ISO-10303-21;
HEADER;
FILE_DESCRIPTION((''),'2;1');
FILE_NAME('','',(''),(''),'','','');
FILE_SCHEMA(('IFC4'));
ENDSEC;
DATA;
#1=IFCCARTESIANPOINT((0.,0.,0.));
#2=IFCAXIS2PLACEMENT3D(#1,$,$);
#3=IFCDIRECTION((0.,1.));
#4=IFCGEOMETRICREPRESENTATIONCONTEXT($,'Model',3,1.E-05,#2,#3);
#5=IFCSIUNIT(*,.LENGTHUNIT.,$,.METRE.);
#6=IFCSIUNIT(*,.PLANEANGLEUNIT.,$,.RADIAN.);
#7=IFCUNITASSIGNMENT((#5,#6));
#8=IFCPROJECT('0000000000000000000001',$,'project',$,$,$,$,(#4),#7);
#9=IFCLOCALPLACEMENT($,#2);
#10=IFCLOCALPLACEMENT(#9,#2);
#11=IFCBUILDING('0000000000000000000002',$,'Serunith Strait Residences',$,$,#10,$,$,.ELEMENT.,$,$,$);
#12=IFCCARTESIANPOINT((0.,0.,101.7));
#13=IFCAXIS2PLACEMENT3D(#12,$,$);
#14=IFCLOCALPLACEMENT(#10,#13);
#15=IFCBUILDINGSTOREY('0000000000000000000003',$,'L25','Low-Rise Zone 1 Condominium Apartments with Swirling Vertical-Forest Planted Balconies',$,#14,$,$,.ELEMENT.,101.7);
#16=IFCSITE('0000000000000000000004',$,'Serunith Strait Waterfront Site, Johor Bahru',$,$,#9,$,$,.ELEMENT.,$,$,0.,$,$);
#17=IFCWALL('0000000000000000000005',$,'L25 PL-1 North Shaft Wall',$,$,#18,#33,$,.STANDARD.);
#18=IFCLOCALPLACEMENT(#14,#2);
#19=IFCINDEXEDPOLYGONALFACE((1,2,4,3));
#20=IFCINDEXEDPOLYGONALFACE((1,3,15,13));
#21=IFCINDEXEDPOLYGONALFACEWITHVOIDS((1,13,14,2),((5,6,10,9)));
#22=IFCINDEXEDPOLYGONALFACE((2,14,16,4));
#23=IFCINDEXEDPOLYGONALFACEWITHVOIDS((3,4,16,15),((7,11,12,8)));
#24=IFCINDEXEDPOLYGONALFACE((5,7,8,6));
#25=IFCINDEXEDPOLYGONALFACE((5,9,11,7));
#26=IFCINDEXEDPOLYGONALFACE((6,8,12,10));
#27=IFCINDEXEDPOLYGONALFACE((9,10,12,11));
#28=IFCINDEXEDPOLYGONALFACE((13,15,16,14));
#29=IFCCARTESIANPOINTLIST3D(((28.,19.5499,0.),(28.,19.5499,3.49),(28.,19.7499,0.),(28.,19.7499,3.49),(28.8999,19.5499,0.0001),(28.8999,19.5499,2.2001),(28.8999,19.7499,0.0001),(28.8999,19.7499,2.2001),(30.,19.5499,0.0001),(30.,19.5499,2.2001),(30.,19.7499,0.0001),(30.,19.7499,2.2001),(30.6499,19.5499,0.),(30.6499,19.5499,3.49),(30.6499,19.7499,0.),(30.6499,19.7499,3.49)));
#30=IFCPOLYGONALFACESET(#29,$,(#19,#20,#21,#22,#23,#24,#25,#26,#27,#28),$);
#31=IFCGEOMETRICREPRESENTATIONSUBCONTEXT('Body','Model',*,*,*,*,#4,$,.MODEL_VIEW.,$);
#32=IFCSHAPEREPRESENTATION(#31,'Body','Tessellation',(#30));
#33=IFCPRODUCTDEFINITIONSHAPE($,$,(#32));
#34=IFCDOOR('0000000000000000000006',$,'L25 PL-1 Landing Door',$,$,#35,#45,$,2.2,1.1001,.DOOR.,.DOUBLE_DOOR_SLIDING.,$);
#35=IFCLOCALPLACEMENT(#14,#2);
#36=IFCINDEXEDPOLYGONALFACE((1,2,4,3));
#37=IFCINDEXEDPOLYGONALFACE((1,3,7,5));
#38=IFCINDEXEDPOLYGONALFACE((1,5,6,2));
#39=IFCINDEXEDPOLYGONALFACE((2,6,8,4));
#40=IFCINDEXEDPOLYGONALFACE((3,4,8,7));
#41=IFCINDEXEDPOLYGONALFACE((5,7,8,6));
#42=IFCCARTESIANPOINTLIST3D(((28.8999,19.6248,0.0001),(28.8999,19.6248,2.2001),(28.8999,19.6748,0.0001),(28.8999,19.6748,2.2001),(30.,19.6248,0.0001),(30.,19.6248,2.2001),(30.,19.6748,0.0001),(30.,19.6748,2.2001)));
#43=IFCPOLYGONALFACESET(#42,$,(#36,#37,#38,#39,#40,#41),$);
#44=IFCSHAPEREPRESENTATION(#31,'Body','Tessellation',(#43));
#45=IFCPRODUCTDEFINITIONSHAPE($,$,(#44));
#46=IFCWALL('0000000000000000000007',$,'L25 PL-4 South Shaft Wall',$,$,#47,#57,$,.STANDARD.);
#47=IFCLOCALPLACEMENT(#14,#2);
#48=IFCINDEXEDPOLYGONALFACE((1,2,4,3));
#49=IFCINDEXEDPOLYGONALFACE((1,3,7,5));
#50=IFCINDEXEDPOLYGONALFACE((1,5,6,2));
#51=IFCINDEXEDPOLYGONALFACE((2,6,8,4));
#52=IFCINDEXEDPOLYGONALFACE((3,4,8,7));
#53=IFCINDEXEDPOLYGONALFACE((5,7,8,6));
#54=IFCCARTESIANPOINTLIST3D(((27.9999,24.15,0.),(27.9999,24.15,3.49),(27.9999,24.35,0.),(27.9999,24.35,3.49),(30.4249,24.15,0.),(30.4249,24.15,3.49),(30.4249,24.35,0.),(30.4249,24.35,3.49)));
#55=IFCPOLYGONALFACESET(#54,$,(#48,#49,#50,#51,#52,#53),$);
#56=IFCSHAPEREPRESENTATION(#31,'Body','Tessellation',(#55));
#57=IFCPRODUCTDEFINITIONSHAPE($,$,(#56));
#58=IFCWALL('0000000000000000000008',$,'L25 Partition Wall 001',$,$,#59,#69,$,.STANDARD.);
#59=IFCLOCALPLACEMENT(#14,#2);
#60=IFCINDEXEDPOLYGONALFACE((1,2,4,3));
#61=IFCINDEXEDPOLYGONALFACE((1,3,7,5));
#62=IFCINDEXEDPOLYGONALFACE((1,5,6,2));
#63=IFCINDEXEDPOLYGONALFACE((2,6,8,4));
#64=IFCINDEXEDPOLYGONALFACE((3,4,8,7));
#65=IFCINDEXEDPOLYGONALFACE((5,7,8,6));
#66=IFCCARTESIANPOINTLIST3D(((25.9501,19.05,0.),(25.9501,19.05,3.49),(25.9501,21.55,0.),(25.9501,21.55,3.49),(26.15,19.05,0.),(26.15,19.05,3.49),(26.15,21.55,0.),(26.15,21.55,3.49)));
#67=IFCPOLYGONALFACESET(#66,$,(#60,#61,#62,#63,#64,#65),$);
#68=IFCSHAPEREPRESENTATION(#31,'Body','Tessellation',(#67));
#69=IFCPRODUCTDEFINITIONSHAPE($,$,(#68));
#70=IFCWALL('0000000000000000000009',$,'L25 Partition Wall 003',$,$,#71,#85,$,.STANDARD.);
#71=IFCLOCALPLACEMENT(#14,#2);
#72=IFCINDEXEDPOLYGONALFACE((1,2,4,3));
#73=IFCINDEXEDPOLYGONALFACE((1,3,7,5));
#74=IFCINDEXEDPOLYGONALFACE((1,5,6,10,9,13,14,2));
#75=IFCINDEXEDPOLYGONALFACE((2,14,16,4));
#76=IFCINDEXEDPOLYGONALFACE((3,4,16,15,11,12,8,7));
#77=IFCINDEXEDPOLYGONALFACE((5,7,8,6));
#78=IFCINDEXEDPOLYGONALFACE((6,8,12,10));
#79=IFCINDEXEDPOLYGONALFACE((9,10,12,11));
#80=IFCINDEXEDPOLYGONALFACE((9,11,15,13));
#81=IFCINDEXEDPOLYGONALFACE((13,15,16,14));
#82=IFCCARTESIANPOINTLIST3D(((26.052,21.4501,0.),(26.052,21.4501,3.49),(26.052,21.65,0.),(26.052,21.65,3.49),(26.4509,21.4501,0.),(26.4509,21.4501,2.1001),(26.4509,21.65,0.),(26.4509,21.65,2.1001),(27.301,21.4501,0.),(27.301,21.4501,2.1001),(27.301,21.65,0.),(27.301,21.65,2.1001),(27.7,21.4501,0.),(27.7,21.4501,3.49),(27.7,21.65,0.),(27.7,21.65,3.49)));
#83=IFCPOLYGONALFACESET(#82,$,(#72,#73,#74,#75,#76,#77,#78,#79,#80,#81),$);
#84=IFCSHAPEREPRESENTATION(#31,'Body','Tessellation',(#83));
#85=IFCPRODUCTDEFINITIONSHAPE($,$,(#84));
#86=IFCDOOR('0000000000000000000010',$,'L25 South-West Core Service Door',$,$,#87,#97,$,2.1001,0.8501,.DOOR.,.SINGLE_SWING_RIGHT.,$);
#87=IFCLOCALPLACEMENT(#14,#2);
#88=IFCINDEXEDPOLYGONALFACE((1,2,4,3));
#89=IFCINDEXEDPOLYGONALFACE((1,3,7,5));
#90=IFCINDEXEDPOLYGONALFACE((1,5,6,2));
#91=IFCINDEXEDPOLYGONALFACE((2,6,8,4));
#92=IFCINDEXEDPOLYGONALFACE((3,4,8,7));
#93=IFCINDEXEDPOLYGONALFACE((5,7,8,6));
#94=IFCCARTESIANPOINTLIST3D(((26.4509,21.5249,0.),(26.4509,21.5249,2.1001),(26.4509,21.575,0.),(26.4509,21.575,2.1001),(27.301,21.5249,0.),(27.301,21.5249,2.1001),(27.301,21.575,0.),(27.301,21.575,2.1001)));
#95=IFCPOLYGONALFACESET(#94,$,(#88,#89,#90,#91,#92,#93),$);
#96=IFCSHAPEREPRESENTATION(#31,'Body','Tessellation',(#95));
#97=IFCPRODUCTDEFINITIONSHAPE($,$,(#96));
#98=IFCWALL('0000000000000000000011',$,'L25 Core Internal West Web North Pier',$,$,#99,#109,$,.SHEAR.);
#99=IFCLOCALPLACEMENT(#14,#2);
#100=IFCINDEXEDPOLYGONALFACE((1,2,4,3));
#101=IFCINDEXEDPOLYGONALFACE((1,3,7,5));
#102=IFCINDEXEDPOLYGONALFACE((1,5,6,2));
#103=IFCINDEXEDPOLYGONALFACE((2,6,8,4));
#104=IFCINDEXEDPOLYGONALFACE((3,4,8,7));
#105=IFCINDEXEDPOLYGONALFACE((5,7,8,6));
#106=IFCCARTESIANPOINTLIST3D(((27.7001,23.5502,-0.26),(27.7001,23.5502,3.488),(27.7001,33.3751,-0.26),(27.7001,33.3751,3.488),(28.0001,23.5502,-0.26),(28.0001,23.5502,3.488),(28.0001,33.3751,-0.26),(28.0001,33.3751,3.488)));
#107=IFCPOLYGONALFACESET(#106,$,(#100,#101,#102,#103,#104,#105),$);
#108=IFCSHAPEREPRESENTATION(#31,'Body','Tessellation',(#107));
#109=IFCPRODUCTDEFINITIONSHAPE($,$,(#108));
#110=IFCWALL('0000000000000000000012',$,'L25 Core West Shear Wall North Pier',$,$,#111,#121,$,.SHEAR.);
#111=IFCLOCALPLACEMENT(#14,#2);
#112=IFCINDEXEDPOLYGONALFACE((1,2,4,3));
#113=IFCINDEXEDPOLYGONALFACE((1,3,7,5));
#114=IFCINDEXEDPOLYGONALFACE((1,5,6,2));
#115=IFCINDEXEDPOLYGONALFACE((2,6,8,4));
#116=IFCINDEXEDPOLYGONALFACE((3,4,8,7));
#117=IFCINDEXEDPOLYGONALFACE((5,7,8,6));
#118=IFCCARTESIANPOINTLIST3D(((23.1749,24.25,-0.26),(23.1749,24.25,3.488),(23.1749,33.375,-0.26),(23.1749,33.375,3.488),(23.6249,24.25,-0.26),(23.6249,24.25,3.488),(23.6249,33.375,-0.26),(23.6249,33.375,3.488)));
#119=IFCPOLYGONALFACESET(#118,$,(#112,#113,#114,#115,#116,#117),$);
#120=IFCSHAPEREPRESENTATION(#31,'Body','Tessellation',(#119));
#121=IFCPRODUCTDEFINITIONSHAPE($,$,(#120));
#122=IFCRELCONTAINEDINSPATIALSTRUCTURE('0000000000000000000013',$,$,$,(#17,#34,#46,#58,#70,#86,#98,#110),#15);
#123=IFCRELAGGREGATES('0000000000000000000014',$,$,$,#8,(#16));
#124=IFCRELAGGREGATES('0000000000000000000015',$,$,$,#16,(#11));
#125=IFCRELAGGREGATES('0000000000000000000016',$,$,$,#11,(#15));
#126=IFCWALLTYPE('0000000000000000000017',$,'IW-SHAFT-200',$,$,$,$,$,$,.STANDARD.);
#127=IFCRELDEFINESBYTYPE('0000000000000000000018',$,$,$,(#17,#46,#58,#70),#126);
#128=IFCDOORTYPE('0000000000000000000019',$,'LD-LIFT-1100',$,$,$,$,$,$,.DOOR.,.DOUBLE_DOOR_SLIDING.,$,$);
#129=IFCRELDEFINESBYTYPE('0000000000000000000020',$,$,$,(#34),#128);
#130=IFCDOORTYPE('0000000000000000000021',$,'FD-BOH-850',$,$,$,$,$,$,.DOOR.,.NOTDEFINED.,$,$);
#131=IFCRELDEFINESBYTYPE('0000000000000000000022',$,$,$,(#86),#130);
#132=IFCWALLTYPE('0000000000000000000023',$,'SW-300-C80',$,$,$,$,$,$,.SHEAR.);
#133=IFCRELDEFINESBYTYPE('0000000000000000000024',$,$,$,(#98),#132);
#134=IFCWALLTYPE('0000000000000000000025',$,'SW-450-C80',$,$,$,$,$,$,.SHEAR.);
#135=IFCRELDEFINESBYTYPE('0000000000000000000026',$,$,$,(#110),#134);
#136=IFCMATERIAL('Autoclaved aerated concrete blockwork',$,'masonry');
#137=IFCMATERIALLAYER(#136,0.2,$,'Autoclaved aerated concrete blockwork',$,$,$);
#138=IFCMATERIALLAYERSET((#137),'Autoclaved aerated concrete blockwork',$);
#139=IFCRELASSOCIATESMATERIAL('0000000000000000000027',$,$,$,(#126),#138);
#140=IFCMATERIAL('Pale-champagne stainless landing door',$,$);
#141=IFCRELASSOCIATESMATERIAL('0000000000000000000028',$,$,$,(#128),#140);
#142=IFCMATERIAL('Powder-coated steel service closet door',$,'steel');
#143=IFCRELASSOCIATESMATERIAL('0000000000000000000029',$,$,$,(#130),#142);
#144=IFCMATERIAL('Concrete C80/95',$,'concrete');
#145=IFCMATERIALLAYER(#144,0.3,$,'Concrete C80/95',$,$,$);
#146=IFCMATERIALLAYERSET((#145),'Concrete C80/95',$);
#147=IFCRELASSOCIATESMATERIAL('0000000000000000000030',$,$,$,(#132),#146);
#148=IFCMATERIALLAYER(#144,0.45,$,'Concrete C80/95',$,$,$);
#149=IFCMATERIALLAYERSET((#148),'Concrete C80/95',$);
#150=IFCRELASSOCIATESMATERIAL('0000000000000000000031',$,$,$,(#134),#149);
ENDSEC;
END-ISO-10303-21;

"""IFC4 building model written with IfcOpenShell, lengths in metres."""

from ifc_helpers import new_model, si_unit, direction, frame, frame_2d, origin, place, context, subcontext, project, spatial, rectangle, extrude, source, transform, mapped, material, layer, layer_set, type_object, element, fill, save


model = new_model("IFC4")

# Units and contexts
model_context = context("Model", 3, precision=1e-05, world=origin(), true_north=direction((0.0, 1.0)))
body_context = subcontext(model_context, "Body", "Model", "MODEL_VIEW")
ifc_project = project(units=[si_unit("LENGTHUNIT", "METRE"), si_unit("PLANEANGLEUNIT", "RADIAN")], contexts=[model_context])

# Site, building, storey
site_placement = place(None, origin())
site = spatial("IfcSite", under=ifc_project, at=site_placement, Name="Serunith Strait Waterfront Site, Johor Bahru", CompositionType="ELEMENT", RefElevation=0.0)
building_placement = place(site_placement, origin())
building = spatial("IfcBuilding", under=site, at=building_placement, Name="Serunith Strait Residences", CompositionType="ELEMENT")
storey_placement = place(building_placement, frame((0.0, 0.0, 101.7)))
storey = spatial("IfcBuildingStorey", under=building, at=storey_placement, Name="L25", Description="Low-Rise Zone 1 Condominium Apartments with Swirling Vertical-Forest Planted Balconies", CompositionType="ELEMENT", Elevation=101.7)

# Shared definitions
shared_shape_1 = source(origin(), body_context, "Body", "SweptSolid", [
    extrude(rectangle(XDim=0.8501, YDim=2.1001, at=frame_2d((0.425, 1.05))), frame((0.0, 0.0249, 0.0), z_axis=(0.0, -1.0, 0.0), x_axis=(1.0, 0.0, 0.0)), (0.0, 0.0, 1.0), 0.05),
])

# Wall, opening, door
ifc_material_1 = material(Name="Autoclaved aerated concrete blockwork", Category="masonry")
ifc_layer_1 = layer(ifc_material_1, 0.2, Name="Autoclaved aerated concrete blockwork")
ifc_layer_set_1 = layer_set([ifc_layer_1], Name="Autoclaved aerated concrete blockwork")
wall_type_1 = type_object("IfcWallType", Name="IW-SHAFT-200", PredefinedType="STANDARD", material=ifc_layer_set_1)
wall_1_placement = place(storey_placement, frame((28.0, 19.6499, 0.0), z_axis=(0.0, 0.0, 1.0), x_axis=(1.0, 0.0, 0.0)))
wall_1 = element("IfcWall", 1, at=wall_1_placement, inside=storey, type_object=wall_type_1, Name="L25 PL-1 North Shaft Wall", PredefinedType="STANDARD", context=body_context, shape_type="SweptSolid", body=[
    extrude(rectangle(XDim=2.6499, YDim=0.2, at=frame_2d((1.325, 0.0))), origin(), (0.0, 0.0, 1.0), 3.49),
])
opening_1_placement = place(wall_1_placement, frame((0.8999, 0.0, 0.0)))
opening_1 = element("IfcOpeningElement", 2, at=opening_1_placement, cuts=wall_1, PredefinedType="OPENING", context=body_context, shape_type="SweptSolid", body=[
    extrude(rectangle(XDim=1.1001, YDim=2.2, at=frame_2d((0.55, 1.1001))), frame((0.0, 0.1099, 0.0), z_axis=(0.0, -1.0, 0.0), x_axis=(1.0, 0.0, 0.0)), (0.0, 0.0, 1.0), 0.22),
])
ifc_material_2 = material(Name="Pale-champagne stainless landing door")
door_type_1 = type_object("IfcDoorType", Name="LD-LIFT-1100", OperationType="DOUBLE_DOOR_SLIDING", PredefinedType="DOOR", material=ifc_material_2)
shared_shape_2 = source(origin(), body_context, "Body", "SweptSolid", [
    extrude(rectangle(XDim=1.1001, YDim=2.2, at=frame_2d((0.55, 1.1001))), frame((0.0, 0.0249, 0.0), z_axis=(0.0, -1.0, 0.0), x_axis=(1.0, 0.0, 0.0)), (0.0, 0.0, 1.0), 0.05),
])
door_1_placement = place(opening_1_placement, origin())
door_1 = element("IfcDoor", 3, at=door_1_placement, inside=storey, type_object=door_type_1, Name="L25 PL-1 Landing Door", OperationType="DOUBLE_DOOR_SLIDING", OverallHeight=2.2, OverallWidth=1.1001, PredefinedType="DOOR", context=body_context, shape_type="MappedRepresentation", body=[
    mapped(shared_shape_2, transform((0.0, 0.0, 0.0), scale=1.0)),
])
fill(opening_1, door_1)

# Walls
wall_2_placement = place(storey_placement, frame((28.0, 24.25, 0.0), z_axis=(0.0, 0.0, 1.0), x_axis=(1.0, 0.0, 0.0)))
element("IfcWall", 4, at=wall_2_placement, inside=storey, type_object=wall_type_1, Name="L25 PL-4 South Shaft Wall", PredefinedType="STANDARD", context=body_context, shape_type="SweptSolid", body=[
    extrude(rectangle(XDim=2.425, YDim=0.2, at=frame_2d((1.2124, 0.0))), origin(), (0.0, 0.0, 1.0), 3.49),
])
wall_3_placement = place(storey_placement, frame((26.05, 19.05, 0.0), z_axis=(0.0, 0.0, 1.0), x_axis=(0.0, 1.0, 0.0)))
element("IfcWall", 5, at=wall_3_placement, inside=storey, type_object=wall_type_1, Name="L25 Partition Wall 001", PredefinedType="STANDARD", context=body_context, shape_type="SweptSolid", body=[
    extrude(rectangle(XDim=2.5, YDim=0.2, at=frame_2d((1.25, 0.0))), origin(), (0.0, 0.0, 1.0), 3.49),
])

# Wall, opening, door
wall_4_placement = place(storey_placement, frame((26.052, 21.55, 0.0), z_axis=(0.0, 0.0, 1.0), x_axis=(1.0, 0.0, 0.0)))
wall_4 = element("IfcWall", 6, at=wall_4_placement, inside=storey, type_object=wall_type_1, Name="L25 Partition Wall 003", PredefinedType="STANDARD", context=body_context, shape_type="SweptSolid", body=[
    extrude(rectangle(XDim=1.6479, YDim=0.2, at=frame_2d((0.824, 0.0))), origin(), (0.0, 0.0, 1.0), 3.49),
])
opening_2_placement = place(wall_4_placement, frame((0.3989, 0.0, 0.0)))
opening_2 = element("IfcOpeningElement", 7, at=opening_2_placement, cuts=wall_4, PredefinedType="OPENING", context=body_context, shape_type="SweptSolid", body=[
    extrude(rectangle(XDim=0.8501, YDim=2.1001, at=frame_2d((0.425, 1.05))), frame((0.0, 0.1099, 0.0), z_axis=(0.0, -1.0, 0.0), x_axis=(1.0, 0.0, 0.0)), (0.0, 0.0, 1.0), 0.22),
])
ifc_material_3 = material(Name="Powder-coated steel service closet door", Category="steel")
door_type_2 = type_object("IfcDoorType", Name="FD-BOH-850", OperationType="NOTDEFINED", PredefinedType="DOOR", material=ifc_material_3)
door_2_placement = place(opening_2_placement, origin())
door_2 = element("IfcDoor", 8, at=door_2_placement, inside=storey, type_object=door_type_2, Name="L25 South-West Core Service Door", OperationType="SINGLE_SWING_RIGHT", OverallHeight=2.1001, OverallWidth=0.8501, PredefinedType="DOOR", context=body_context, shape_type="MappedRepresentation", body=[
    mapped(shared_shape_1, transform((0.0, 0.0, 0.0), scale=1.0)),
])
fill(opening_2, door_2)

# Walls
ifc_material_4 = material(Name="Concrete C80/95", Category="concrete")
ifc_layer_2 = layer(ifc_material_4, 0.3, Name="Concrete C80/95")
ifc_layer_set_2 = layer_set([ifc_layer_2], Name="Concrete C80/95")
wall_type_2 = type_object("IfcWallType", Name="SW-300-C80", PredefinedType="SHEAR", material=ifc_layer_set_2)
wall_5_placement = place(storey_placement, frame((27.8501, 23.55, -0.26), z_axis=(0.0, 0.0, 1.0), x_axis=(0.0, 1.0, 0.0)))
element("IfcWall", 9, at=wall_5_placement, inside=storey, type_object=wall_type_2, Name="L25 Core Internal West Web North Pier", PredefinedType="SHEAR", context=body_context, shape_type="SweptSolid", body=[
    extrude(rectangle(XDim=9.825, YDim=0.3, at=frame_2d((4.9126, 0.0))), origin(), (0.0, 0.0, 1.0), 3.748),
])
ifc_layer_3 = layer(ifc_material_4, 0.45, Name="Concrete C80/95")
ifc_layer_set_3 = layer_set([ifc_layer_3], Name="Concrete C80/95")
wall_type_3 = type_object("IfcWallType", Name="SW-450-C80", PredefinedType="SHEAR", material=ifc_layer_set_3)
wall_6_placement = place(storey_placement, frame((23.3999, 24.25, -0.26), z_axis=(0.0, 0.0, 1.0), x_axis=(0.0, 1.0, 0.0)))
element("IfcWall", 10, at=wall_6_placement, inside=storey, type_object=wall_type_3, Name="L25 Core West Shear Wall North Pier", PredefinedType="SHEAR", context=body_context, shape_type="SweptSolid", body=[
    extrude(rectangle(XDim=9.125, YDim=0.45, at=frame_2d((4.5625, 0.0))), origin(), (0.0, 0.0, 1.0), 3.748),
])

save(model, "model.ifc")
